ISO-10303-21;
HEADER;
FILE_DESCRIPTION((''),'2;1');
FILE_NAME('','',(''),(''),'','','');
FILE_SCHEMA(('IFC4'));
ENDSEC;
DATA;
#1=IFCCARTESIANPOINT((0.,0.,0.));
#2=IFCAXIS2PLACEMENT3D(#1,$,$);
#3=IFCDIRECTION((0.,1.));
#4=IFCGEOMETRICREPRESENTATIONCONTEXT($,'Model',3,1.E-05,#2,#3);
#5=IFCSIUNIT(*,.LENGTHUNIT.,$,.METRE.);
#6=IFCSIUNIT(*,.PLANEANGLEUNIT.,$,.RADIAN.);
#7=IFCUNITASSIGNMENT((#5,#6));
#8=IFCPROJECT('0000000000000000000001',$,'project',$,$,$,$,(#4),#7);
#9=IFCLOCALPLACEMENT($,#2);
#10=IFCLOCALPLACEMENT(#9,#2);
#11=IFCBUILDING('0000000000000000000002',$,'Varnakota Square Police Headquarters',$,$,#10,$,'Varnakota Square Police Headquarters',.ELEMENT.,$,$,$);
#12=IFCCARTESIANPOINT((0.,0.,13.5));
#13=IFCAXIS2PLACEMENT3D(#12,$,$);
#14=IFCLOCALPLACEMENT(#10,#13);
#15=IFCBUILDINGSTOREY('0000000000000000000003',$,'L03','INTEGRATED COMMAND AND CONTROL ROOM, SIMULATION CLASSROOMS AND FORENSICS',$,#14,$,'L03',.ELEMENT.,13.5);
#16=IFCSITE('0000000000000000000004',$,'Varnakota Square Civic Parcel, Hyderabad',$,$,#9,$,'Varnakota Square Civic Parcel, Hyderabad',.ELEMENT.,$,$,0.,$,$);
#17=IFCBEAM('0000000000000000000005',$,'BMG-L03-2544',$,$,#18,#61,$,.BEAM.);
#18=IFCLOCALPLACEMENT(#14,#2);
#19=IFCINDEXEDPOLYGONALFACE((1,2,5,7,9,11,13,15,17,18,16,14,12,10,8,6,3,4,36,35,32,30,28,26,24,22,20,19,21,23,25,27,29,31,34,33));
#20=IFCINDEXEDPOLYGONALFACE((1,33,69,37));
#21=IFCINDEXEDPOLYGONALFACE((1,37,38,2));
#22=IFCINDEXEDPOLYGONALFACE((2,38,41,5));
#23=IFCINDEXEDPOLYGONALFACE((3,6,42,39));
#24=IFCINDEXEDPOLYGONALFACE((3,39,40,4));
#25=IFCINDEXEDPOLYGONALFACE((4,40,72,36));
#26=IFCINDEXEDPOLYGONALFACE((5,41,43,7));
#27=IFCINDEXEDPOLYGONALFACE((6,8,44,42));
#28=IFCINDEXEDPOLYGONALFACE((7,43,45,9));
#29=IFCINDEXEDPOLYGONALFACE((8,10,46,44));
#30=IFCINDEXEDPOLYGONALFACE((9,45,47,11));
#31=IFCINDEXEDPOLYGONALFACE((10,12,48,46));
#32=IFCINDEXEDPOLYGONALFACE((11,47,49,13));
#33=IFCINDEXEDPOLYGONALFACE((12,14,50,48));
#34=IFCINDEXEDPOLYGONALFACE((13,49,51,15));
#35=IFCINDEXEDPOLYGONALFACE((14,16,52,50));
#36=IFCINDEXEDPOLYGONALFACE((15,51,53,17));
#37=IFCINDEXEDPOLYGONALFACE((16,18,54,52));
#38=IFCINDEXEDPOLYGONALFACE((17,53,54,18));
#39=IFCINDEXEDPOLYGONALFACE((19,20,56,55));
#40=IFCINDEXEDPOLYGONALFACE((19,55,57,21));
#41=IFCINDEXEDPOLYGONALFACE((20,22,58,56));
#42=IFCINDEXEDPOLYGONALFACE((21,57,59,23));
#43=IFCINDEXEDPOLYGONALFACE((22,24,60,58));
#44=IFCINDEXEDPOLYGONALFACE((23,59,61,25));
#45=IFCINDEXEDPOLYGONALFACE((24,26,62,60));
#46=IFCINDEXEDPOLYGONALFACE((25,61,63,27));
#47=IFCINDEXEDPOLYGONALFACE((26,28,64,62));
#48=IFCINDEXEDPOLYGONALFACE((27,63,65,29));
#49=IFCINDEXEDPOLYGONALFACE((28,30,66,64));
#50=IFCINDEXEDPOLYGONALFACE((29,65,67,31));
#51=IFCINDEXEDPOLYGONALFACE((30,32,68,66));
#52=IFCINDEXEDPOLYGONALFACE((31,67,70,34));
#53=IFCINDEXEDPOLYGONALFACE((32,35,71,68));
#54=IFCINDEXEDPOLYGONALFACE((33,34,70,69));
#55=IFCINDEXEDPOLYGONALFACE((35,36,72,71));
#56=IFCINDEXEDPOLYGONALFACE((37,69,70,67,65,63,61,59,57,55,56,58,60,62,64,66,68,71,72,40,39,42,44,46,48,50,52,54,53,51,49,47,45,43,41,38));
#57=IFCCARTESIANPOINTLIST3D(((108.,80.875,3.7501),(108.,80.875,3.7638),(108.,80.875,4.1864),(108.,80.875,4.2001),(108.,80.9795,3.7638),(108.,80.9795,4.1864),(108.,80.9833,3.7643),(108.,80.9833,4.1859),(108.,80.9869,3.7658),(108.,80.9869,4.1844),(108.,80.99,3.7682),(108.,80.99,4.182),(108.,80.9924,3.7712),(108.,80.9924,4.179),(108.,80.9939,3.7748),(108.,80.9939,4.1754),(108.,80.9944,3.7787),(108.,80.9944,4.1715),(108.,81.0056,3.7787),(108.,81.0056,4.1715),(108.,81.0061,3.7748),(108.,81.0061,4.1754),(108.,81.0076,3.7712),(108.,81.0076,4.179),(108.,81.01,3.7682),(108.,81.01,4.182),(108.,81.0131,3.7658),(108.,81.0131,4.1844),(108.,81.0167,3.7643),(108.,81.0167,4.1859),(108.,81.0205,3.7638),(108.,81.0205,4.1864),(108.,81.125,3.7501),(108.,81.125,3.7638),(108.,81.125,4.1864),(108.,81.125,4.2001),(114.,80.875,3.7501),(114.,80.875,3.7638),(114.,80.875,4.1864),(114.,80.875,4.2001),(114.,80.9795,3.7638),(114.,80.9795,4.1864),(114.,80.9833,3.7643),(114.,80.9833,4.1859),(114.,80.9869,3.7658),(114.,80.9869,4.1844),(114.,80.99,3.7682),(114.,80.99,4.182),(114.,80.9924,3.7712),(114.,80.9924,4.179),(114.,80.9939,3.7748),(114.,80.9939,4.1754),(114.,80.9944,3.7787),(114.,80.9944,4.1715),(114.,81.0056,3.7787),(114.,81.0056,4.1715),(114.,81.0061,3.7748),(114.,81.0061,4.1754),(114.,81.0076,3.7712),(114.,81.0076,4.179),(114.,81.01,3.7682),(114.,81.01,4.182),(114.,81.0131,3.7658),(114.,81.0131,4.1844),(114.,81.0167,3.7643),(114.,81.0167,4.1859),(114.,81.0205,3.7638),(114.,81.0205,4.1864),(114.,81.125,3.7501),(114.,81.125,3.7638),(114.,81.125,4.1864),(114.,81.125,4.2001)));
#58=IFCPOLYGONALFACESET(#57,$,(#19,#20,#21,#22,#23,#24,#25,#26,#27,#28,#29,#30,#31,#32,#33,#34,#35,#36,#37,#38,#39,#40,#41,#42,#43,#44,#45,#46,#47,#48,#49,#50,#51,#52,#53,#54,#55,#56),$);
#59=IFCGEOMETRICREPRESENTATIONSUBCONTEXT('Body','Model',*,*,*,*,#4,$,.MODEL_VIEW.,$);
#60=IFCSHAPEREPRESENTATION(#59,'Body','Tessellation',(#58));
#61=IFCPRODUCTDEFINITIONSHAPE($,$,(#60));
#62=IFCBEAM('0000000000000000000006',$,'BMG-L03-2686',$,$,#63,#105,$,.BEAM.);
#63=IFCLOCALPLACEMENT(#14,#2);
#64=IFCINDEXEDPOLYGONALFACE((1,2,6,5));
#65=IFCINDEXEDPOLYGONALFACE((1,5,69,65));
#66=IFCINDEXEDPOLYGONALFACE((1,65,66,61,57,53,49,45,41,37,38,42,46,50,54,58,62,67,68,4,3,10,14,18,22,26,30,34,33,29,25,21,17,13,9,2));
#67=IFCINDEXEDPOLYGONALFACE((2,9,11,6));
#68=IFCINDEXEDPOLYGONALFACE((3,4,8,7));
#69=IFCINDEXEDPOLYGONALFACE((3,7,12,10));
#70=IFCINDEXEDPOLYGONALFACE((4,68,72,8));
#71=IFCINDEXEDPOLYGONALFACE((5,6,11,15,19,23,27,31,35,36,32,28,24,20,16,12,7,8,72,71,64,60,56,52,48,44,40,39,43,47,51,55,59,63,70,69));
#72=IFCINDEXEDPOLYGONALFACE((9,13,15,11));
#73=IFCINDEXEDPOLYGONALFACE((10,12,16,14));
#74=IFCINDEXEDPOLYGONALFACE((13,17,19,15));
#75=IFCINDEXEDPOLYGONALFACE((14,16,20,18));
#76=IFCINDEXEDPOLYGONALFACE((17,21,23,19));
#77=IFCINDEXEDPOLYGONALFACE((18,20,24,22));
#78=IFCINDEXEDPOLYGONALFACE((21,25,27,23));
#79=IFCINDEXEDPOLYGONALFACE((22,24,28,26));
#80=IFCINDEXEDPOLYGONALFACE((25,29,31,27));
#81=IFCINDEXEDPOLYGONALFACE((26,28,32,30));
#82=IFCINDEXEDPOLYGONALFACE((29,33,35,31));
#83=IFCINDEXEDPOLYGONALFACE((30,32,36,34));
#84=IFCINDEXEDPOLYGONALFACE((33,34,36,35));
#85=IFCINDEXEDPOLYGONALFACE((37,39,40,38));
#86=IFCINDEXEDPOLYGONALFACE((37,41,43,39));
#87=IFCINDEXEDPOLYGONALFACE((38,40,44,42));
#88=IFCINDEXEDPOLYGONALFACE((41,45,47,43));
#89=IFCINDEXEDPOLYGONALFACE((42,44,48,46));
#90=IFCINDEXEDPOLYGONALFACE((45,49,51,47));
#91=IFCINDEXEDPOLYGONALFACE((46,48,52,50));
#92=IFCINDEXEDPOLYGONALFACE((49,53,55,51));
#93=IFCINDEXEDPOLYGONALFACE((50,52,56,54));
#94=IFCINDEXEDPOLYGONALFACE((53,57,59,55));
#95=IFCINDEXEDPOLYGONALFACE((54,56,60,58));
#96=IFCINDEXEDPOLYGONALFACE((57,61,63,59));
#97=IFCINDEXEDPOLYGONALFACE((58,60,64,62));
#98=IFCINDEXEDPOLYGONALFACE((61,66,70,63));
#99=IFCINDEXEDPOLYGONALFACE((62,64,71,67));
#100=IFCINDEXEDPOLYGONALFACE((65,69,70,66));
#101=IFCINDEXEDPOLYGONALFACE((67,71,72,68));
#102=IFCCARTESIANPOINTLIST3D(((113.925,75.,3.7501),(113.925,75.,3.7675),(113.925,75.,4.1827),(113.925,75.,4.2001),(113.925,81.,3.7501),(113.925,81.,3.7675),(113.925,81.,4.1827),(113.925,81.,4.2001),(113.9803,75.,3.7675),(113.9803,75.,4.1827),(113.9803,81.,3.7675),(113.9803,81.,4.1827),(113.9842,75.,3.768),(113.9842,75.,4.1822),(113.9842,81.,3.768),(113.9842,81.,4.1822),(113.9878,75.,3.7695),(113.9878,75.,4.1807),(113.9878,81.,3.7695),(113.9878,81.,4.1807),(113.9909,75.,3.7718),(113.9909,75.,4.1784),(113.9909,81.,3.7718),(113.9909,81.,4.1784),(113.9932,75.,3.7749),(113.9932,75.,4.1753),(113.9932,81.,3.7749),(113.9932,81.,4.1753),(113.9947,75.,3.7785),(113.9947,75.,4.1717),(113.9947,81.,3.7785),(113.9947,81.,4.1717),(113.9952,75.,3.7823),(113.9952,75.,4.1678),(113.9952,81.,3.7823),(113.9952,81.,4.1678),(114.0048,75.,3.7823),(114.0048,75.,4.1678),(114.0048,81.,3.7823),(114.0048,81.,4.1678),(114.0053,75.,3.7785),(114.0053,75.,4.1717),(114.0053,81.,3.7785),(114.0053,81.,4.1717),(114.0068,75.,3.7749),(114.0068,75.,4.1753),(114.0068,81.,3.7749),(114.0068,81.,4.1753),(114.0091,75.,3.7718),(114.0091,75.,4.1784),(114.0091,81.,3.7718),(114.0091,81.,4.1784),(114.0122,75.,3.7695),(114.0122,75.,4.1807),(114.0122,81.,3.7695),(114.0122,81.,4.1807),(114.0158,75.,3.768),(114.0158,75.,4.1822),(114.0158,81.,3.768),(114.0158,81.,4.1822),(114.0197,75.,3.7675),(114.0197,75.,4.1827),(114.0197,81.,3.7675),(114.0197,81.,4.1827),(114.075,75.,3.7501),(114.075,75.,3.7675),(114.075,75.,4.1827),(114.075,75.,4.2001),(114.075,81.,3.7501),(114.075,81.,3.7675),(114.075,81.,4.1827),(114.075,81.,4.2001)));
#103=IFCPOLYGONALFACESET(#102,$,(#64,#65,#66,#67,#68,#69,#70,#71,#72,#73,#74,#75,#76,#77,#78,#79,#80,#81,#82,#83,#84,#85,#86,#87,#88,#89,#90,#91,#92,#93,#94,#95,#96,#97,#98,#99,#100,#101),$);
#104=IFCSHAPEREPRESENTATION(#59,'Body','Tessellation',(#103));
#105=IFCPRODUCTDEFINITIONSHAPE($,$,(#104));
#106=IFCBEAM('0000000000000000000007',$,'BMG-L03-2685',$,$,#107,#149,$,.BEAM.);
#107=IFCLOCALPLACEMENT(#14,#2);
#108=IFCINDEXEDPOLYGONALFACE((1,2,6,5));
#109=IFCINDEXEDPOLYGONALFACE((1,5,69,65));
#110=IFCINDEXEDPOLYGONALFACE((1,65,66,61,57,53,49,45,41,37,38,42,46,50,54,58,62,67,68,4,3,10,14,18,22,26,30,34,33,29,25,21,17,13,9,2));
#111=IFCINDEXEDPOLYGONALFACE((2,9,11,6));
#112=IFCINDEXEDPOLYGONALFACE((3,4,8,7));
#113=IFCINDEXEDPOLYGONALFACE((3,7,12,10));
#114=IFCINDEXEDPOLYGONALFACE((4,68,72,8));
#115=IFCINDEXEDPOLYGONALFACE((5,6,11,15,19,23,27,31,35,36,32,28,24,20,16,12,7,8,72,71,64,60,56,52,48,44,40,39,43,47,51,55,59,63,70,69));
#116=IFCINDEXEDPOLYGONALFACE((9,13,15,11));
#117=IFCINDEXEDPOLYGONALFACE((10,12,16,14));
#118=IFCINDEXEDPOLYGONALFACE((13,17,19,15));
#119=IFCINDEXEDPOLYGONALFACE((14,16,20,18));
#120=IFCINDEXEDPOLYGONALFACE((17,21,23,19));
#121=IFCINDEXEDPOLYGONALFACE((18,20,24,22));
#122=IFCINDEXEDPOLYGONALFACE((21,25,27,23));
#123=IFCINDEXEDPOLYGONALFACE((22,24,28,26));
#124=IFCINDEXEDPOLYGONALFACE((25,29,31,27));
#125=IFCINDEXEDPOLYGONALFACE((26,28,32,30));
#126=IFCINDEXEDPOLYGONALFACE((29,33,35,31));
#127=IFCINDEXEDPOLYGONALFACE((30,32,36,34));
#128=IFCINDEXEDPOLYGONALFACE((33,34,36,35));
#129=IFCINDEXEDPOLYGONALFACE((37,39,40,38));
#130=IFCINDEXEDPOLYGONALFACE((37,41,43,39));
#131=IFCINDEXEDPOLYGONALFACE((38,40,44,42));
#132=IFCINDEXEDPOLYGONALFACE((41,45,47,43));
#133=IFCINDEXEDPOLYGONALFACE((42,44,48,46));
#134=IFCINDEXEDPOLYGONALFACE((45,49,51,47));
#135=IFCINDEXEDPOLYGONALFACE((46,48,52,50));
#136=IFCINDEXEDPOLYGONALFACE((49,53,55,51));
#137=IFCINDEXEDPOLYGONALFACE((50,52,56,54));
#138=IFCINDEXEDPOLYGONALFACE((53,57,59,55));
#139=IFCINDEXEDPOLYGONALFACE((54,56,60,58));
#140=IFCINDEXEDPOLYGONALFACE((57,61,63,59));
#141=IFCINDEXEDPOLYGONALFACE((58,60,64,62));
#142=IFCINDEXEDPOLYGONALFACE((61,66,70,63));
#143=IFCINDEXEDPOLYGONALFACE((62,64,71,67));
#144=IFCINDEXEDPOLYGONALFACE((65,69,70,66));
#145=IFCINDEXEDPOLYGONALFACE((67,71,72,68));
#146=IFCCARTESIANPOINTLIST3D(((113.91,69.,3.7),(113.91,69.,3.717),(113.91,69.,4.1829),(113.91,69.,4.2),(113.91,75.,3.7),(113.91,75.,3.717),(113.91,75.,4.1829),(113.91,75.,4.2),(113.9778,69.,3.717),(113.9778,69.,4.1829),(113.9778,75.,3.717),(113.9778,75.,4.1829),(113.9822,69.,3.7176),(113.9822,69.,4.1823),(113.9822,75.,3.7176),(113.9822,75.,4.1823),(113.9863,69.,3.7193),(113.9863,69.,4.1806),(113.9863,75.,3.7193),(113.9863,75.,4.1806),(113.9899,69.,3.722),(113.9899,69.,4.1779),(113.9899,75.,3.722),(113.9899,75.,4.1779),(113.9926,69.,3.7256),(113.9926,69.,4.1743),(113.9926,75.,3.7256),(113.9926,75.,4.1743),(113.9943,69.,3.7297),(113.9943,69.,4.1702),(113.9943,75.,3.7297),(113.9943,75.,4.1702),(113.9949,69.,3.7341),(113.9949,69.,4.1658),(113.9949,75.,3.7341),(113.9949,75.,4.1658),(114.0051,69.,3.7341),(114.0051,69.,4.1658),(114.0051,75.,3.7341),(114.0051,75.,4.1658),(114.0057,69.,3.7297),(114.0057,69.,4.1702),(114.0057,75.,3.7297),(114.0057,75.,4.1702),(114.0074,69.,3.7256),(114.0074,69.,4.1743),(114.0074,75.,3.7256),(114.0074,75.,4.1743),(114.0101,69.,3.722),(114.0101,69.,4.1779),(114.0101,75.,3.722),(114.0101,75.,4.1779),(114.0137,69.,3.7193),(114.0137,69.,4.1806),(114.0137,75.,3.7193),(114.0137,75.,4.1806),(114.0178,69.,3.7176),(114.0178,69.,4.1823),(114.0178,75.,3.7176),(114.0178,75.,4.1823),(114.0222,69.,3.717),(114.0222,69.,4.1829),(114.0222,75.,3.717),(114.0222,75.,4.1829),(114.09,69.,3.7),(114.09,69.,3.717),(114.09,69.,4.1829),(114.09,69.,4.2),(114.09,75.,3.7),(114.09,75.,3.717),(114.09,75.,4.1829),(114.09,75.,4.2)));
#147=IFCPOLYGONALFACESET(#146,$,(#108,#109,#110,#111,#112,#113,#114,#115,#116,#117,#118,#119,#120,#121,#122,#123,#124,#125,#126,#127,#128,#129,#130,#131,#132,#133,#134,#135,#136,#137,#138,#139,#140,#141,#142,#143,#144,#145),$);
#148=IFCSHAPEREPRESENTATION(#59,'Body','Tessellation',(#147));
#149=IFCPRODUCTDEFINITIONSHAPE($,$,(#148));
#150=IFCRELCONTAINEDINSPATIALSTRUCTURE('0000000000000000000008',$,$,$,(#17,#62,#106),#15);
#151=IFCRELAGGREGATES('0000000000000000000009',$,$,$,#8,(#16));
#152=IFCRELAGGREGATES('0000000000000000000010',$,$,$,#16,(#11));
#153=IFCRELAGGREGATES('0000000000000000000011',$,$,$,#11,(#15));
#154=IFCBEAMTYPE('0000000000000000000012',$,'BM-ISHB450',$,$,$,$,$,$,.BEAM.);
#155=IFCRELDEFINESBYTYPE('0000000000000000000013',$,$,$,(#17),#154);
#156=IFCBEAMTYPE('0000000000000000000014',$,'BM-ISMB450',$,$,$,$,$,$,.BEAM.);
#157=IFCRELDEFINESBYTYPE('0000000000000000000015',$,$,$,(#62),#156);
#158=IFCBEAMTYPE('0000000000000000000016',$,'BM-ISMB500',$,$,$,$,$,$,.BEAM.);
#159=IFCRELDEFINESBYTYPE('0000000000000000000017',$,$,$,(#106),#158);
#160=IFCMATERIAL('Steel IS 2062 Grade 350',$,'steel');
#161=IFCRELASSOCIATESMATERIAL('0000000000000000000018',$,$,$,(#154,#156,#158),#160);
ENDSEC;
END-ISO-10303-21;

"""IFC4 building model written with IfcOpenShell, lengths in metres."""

from ifc_helpers import new_model, si_unit, direction, frame, origin, origin_2d, place, context, subcontext, project, spatial, i_section, extrude, material, material_profile, profile_set, type_object, element, save


model = new_model("IFC4")

# Units and contexts
model_context = context("Model", 3, precision=1e-05, world=origin(), true_north=direction((0.0, 1.0)))
body_context = subcontext(model_context, "Body", "Model", "MODEL_VIEW")
ifc_project = project(units=[si_unit("LENGTHUNIT", "METRE"), si_unit("PLANEANGLEUNIT", "RADIAN")], contexts=[model_context])

# Site, building, storey
site_placement = place(None, origin())
site = spatial("IfcSite", under=ifc_project, at=site_placement, Name="Varnakota Square Civic Parcel, Hyderabad", LongName="Varnakota Square Civic Parcel, Hyderabad", CompositionType="ELEMENT", RefElevation=0.0)
building_placement = place(site_placement, origin())
building = spatial("IfcBuilding", under=site, at=building_placement, Name="Varnakota Square Police Headquarters", LongName="Varnakota Square Police Headquarters", CompositionType="ELEMENT")
storey_placement = place(building_placement, frame((0.0, 0.0, 13.5)))
storey = spatial("IfcBuildingStorey", under=building, at=storey_placement, Name="L03", Description="INTEGRATED COMMAND AND CONTROL ROOM, SIMULATION CLASSROOMS AND FORENSICS", LongName="L03", CompositionType="ELEMENT", Elevation=13.5)

# Shared definitions
ifc_material_1 = material(Name="Steel IS 2062 Grade 350", Category="steel")

# Beams
ifc_material_profile_1 = material_profile(ifc_material_1, i_section(OverallWidth=0.25, OverallDepth=0.45, WebThickness=0.0112, FlangeThickness=0.0137, FilletRadius=0.0149, at=origin_2d()), Name="ISHB 450")
ifc_profile_set_1 = profile_set([ifc_material_profile_1], Name="Steel IS 2062 Grade 350")
beam_type_1 = type_object("IfcBeamType", Name="BM-ISHB450", PredefinedType="BEAM", material=ifc_profile_set_1)
for number, where, z_axis, x_axis, name in (
    (1, (108.0, 81.0, 3.9751), (1.0, 0.0, 0.0), (0.0, 1.0, 0.0), "BMG-L03-2544"),
):
    element("IfcBeam", number, at=place(storey_placement, frame(where, z_axis=z_axis, x_axis=x_axis)), inside=storey, type_object=beam_type_1, Name=name, PredefinedType="BEAM", context=body_context, shape_type="SweptSolid", body=[
        extrude(i_section(OverallWidth=0.25, OverallDepth=0.45, WebThickness=0.0112, FlangeThickness=0.0137, FilletRadius=0.0149, at=origin_2d()), origin(), (0.0, 0.0, 1.0), 6.0),
    ])
ifc_material_profile_2 = material_profile(ifc_material_1, i_section(OverallWidth=0.1499, OverallDepth=0.45, WebThickness=0.0095, FlangeThickness=0.0173, FilletRadius=0.0149, at=origin_2d()), Name="ISMB 450")
ifc_profile_set_2 = profile_set([ifc_material_profile_2], Name="Steel IS 2062 Grade 350")
beam_type_2 = type_object("IfcBeamType", Name="BM-ISMB450", PredefinedType="BEAM", material=ifc_profile_set_2)
beam_1_placement = place(storey_placement, frame((114.0, 75.0, 3.9751), z_axis=(0.0, 1.0, 0.0), x_axis=(-1.0, 0.0, 0.0)))
element("IfcBeam", 2, at=beam_1_placement, inside=storey, type_object=beam_type_2, Name="BMG-L03-2686", PredefinedType="BEAM", context=body_context, shape_type="SweptSolid", body=[
    extrude(i_section(OverallWidth=0.1499, OverallDepth=0.45, WebThickness=0.0095, FlangeThickness=0.0173, FilletRadius=0.0149, at=origin_2d()), origin(), (0.0, 0.0, 1.0), 6.0),
])
ifc_material_profile_3 = material_profile(ifc_material_1, i_section(OverallWidth=0.1799, OverallDepth=0.5, WebThickness=0.0103, FlangeThickness=0.0171, FilletRadius=0.0171, at=origin_2d()), Name="ISMB 500")
ifc_profile_set_3 = profile_set([ifc_material_profile_3], Name="Steel IS 2062 Grade 350")
beam_type_3 = type_object("IfcBeamType", Name="BM-ISMB500", PredefinedType="BEAM", material=ifc_profile_set_3)
beam_2_placement = place(storey_placement, frame((114.0, 69.0, 3.95), z_axis=(0.0, 1.0, 0.0), x_axis=(-1.0, 0.0, 0.0)))
element("IfcBeam", 3, at=beam_2_placement, inside=storey, type_object=beam_type_3, Name="BMG-L03-2685", PredefinedType="BEAM", context=body_context, shape_type="SweptSolid", body=[
    extrude(i_section(OverallWidth=0.1799, OverallDepth=0.5, WebThickness=0.0103, FlangeThickness=0.0171, FilletRadius=0.0171, at=origin_2d()), origin(), (0.0, 0.0, 1.0), 6.0),
])

save(model, "model.ifc")
